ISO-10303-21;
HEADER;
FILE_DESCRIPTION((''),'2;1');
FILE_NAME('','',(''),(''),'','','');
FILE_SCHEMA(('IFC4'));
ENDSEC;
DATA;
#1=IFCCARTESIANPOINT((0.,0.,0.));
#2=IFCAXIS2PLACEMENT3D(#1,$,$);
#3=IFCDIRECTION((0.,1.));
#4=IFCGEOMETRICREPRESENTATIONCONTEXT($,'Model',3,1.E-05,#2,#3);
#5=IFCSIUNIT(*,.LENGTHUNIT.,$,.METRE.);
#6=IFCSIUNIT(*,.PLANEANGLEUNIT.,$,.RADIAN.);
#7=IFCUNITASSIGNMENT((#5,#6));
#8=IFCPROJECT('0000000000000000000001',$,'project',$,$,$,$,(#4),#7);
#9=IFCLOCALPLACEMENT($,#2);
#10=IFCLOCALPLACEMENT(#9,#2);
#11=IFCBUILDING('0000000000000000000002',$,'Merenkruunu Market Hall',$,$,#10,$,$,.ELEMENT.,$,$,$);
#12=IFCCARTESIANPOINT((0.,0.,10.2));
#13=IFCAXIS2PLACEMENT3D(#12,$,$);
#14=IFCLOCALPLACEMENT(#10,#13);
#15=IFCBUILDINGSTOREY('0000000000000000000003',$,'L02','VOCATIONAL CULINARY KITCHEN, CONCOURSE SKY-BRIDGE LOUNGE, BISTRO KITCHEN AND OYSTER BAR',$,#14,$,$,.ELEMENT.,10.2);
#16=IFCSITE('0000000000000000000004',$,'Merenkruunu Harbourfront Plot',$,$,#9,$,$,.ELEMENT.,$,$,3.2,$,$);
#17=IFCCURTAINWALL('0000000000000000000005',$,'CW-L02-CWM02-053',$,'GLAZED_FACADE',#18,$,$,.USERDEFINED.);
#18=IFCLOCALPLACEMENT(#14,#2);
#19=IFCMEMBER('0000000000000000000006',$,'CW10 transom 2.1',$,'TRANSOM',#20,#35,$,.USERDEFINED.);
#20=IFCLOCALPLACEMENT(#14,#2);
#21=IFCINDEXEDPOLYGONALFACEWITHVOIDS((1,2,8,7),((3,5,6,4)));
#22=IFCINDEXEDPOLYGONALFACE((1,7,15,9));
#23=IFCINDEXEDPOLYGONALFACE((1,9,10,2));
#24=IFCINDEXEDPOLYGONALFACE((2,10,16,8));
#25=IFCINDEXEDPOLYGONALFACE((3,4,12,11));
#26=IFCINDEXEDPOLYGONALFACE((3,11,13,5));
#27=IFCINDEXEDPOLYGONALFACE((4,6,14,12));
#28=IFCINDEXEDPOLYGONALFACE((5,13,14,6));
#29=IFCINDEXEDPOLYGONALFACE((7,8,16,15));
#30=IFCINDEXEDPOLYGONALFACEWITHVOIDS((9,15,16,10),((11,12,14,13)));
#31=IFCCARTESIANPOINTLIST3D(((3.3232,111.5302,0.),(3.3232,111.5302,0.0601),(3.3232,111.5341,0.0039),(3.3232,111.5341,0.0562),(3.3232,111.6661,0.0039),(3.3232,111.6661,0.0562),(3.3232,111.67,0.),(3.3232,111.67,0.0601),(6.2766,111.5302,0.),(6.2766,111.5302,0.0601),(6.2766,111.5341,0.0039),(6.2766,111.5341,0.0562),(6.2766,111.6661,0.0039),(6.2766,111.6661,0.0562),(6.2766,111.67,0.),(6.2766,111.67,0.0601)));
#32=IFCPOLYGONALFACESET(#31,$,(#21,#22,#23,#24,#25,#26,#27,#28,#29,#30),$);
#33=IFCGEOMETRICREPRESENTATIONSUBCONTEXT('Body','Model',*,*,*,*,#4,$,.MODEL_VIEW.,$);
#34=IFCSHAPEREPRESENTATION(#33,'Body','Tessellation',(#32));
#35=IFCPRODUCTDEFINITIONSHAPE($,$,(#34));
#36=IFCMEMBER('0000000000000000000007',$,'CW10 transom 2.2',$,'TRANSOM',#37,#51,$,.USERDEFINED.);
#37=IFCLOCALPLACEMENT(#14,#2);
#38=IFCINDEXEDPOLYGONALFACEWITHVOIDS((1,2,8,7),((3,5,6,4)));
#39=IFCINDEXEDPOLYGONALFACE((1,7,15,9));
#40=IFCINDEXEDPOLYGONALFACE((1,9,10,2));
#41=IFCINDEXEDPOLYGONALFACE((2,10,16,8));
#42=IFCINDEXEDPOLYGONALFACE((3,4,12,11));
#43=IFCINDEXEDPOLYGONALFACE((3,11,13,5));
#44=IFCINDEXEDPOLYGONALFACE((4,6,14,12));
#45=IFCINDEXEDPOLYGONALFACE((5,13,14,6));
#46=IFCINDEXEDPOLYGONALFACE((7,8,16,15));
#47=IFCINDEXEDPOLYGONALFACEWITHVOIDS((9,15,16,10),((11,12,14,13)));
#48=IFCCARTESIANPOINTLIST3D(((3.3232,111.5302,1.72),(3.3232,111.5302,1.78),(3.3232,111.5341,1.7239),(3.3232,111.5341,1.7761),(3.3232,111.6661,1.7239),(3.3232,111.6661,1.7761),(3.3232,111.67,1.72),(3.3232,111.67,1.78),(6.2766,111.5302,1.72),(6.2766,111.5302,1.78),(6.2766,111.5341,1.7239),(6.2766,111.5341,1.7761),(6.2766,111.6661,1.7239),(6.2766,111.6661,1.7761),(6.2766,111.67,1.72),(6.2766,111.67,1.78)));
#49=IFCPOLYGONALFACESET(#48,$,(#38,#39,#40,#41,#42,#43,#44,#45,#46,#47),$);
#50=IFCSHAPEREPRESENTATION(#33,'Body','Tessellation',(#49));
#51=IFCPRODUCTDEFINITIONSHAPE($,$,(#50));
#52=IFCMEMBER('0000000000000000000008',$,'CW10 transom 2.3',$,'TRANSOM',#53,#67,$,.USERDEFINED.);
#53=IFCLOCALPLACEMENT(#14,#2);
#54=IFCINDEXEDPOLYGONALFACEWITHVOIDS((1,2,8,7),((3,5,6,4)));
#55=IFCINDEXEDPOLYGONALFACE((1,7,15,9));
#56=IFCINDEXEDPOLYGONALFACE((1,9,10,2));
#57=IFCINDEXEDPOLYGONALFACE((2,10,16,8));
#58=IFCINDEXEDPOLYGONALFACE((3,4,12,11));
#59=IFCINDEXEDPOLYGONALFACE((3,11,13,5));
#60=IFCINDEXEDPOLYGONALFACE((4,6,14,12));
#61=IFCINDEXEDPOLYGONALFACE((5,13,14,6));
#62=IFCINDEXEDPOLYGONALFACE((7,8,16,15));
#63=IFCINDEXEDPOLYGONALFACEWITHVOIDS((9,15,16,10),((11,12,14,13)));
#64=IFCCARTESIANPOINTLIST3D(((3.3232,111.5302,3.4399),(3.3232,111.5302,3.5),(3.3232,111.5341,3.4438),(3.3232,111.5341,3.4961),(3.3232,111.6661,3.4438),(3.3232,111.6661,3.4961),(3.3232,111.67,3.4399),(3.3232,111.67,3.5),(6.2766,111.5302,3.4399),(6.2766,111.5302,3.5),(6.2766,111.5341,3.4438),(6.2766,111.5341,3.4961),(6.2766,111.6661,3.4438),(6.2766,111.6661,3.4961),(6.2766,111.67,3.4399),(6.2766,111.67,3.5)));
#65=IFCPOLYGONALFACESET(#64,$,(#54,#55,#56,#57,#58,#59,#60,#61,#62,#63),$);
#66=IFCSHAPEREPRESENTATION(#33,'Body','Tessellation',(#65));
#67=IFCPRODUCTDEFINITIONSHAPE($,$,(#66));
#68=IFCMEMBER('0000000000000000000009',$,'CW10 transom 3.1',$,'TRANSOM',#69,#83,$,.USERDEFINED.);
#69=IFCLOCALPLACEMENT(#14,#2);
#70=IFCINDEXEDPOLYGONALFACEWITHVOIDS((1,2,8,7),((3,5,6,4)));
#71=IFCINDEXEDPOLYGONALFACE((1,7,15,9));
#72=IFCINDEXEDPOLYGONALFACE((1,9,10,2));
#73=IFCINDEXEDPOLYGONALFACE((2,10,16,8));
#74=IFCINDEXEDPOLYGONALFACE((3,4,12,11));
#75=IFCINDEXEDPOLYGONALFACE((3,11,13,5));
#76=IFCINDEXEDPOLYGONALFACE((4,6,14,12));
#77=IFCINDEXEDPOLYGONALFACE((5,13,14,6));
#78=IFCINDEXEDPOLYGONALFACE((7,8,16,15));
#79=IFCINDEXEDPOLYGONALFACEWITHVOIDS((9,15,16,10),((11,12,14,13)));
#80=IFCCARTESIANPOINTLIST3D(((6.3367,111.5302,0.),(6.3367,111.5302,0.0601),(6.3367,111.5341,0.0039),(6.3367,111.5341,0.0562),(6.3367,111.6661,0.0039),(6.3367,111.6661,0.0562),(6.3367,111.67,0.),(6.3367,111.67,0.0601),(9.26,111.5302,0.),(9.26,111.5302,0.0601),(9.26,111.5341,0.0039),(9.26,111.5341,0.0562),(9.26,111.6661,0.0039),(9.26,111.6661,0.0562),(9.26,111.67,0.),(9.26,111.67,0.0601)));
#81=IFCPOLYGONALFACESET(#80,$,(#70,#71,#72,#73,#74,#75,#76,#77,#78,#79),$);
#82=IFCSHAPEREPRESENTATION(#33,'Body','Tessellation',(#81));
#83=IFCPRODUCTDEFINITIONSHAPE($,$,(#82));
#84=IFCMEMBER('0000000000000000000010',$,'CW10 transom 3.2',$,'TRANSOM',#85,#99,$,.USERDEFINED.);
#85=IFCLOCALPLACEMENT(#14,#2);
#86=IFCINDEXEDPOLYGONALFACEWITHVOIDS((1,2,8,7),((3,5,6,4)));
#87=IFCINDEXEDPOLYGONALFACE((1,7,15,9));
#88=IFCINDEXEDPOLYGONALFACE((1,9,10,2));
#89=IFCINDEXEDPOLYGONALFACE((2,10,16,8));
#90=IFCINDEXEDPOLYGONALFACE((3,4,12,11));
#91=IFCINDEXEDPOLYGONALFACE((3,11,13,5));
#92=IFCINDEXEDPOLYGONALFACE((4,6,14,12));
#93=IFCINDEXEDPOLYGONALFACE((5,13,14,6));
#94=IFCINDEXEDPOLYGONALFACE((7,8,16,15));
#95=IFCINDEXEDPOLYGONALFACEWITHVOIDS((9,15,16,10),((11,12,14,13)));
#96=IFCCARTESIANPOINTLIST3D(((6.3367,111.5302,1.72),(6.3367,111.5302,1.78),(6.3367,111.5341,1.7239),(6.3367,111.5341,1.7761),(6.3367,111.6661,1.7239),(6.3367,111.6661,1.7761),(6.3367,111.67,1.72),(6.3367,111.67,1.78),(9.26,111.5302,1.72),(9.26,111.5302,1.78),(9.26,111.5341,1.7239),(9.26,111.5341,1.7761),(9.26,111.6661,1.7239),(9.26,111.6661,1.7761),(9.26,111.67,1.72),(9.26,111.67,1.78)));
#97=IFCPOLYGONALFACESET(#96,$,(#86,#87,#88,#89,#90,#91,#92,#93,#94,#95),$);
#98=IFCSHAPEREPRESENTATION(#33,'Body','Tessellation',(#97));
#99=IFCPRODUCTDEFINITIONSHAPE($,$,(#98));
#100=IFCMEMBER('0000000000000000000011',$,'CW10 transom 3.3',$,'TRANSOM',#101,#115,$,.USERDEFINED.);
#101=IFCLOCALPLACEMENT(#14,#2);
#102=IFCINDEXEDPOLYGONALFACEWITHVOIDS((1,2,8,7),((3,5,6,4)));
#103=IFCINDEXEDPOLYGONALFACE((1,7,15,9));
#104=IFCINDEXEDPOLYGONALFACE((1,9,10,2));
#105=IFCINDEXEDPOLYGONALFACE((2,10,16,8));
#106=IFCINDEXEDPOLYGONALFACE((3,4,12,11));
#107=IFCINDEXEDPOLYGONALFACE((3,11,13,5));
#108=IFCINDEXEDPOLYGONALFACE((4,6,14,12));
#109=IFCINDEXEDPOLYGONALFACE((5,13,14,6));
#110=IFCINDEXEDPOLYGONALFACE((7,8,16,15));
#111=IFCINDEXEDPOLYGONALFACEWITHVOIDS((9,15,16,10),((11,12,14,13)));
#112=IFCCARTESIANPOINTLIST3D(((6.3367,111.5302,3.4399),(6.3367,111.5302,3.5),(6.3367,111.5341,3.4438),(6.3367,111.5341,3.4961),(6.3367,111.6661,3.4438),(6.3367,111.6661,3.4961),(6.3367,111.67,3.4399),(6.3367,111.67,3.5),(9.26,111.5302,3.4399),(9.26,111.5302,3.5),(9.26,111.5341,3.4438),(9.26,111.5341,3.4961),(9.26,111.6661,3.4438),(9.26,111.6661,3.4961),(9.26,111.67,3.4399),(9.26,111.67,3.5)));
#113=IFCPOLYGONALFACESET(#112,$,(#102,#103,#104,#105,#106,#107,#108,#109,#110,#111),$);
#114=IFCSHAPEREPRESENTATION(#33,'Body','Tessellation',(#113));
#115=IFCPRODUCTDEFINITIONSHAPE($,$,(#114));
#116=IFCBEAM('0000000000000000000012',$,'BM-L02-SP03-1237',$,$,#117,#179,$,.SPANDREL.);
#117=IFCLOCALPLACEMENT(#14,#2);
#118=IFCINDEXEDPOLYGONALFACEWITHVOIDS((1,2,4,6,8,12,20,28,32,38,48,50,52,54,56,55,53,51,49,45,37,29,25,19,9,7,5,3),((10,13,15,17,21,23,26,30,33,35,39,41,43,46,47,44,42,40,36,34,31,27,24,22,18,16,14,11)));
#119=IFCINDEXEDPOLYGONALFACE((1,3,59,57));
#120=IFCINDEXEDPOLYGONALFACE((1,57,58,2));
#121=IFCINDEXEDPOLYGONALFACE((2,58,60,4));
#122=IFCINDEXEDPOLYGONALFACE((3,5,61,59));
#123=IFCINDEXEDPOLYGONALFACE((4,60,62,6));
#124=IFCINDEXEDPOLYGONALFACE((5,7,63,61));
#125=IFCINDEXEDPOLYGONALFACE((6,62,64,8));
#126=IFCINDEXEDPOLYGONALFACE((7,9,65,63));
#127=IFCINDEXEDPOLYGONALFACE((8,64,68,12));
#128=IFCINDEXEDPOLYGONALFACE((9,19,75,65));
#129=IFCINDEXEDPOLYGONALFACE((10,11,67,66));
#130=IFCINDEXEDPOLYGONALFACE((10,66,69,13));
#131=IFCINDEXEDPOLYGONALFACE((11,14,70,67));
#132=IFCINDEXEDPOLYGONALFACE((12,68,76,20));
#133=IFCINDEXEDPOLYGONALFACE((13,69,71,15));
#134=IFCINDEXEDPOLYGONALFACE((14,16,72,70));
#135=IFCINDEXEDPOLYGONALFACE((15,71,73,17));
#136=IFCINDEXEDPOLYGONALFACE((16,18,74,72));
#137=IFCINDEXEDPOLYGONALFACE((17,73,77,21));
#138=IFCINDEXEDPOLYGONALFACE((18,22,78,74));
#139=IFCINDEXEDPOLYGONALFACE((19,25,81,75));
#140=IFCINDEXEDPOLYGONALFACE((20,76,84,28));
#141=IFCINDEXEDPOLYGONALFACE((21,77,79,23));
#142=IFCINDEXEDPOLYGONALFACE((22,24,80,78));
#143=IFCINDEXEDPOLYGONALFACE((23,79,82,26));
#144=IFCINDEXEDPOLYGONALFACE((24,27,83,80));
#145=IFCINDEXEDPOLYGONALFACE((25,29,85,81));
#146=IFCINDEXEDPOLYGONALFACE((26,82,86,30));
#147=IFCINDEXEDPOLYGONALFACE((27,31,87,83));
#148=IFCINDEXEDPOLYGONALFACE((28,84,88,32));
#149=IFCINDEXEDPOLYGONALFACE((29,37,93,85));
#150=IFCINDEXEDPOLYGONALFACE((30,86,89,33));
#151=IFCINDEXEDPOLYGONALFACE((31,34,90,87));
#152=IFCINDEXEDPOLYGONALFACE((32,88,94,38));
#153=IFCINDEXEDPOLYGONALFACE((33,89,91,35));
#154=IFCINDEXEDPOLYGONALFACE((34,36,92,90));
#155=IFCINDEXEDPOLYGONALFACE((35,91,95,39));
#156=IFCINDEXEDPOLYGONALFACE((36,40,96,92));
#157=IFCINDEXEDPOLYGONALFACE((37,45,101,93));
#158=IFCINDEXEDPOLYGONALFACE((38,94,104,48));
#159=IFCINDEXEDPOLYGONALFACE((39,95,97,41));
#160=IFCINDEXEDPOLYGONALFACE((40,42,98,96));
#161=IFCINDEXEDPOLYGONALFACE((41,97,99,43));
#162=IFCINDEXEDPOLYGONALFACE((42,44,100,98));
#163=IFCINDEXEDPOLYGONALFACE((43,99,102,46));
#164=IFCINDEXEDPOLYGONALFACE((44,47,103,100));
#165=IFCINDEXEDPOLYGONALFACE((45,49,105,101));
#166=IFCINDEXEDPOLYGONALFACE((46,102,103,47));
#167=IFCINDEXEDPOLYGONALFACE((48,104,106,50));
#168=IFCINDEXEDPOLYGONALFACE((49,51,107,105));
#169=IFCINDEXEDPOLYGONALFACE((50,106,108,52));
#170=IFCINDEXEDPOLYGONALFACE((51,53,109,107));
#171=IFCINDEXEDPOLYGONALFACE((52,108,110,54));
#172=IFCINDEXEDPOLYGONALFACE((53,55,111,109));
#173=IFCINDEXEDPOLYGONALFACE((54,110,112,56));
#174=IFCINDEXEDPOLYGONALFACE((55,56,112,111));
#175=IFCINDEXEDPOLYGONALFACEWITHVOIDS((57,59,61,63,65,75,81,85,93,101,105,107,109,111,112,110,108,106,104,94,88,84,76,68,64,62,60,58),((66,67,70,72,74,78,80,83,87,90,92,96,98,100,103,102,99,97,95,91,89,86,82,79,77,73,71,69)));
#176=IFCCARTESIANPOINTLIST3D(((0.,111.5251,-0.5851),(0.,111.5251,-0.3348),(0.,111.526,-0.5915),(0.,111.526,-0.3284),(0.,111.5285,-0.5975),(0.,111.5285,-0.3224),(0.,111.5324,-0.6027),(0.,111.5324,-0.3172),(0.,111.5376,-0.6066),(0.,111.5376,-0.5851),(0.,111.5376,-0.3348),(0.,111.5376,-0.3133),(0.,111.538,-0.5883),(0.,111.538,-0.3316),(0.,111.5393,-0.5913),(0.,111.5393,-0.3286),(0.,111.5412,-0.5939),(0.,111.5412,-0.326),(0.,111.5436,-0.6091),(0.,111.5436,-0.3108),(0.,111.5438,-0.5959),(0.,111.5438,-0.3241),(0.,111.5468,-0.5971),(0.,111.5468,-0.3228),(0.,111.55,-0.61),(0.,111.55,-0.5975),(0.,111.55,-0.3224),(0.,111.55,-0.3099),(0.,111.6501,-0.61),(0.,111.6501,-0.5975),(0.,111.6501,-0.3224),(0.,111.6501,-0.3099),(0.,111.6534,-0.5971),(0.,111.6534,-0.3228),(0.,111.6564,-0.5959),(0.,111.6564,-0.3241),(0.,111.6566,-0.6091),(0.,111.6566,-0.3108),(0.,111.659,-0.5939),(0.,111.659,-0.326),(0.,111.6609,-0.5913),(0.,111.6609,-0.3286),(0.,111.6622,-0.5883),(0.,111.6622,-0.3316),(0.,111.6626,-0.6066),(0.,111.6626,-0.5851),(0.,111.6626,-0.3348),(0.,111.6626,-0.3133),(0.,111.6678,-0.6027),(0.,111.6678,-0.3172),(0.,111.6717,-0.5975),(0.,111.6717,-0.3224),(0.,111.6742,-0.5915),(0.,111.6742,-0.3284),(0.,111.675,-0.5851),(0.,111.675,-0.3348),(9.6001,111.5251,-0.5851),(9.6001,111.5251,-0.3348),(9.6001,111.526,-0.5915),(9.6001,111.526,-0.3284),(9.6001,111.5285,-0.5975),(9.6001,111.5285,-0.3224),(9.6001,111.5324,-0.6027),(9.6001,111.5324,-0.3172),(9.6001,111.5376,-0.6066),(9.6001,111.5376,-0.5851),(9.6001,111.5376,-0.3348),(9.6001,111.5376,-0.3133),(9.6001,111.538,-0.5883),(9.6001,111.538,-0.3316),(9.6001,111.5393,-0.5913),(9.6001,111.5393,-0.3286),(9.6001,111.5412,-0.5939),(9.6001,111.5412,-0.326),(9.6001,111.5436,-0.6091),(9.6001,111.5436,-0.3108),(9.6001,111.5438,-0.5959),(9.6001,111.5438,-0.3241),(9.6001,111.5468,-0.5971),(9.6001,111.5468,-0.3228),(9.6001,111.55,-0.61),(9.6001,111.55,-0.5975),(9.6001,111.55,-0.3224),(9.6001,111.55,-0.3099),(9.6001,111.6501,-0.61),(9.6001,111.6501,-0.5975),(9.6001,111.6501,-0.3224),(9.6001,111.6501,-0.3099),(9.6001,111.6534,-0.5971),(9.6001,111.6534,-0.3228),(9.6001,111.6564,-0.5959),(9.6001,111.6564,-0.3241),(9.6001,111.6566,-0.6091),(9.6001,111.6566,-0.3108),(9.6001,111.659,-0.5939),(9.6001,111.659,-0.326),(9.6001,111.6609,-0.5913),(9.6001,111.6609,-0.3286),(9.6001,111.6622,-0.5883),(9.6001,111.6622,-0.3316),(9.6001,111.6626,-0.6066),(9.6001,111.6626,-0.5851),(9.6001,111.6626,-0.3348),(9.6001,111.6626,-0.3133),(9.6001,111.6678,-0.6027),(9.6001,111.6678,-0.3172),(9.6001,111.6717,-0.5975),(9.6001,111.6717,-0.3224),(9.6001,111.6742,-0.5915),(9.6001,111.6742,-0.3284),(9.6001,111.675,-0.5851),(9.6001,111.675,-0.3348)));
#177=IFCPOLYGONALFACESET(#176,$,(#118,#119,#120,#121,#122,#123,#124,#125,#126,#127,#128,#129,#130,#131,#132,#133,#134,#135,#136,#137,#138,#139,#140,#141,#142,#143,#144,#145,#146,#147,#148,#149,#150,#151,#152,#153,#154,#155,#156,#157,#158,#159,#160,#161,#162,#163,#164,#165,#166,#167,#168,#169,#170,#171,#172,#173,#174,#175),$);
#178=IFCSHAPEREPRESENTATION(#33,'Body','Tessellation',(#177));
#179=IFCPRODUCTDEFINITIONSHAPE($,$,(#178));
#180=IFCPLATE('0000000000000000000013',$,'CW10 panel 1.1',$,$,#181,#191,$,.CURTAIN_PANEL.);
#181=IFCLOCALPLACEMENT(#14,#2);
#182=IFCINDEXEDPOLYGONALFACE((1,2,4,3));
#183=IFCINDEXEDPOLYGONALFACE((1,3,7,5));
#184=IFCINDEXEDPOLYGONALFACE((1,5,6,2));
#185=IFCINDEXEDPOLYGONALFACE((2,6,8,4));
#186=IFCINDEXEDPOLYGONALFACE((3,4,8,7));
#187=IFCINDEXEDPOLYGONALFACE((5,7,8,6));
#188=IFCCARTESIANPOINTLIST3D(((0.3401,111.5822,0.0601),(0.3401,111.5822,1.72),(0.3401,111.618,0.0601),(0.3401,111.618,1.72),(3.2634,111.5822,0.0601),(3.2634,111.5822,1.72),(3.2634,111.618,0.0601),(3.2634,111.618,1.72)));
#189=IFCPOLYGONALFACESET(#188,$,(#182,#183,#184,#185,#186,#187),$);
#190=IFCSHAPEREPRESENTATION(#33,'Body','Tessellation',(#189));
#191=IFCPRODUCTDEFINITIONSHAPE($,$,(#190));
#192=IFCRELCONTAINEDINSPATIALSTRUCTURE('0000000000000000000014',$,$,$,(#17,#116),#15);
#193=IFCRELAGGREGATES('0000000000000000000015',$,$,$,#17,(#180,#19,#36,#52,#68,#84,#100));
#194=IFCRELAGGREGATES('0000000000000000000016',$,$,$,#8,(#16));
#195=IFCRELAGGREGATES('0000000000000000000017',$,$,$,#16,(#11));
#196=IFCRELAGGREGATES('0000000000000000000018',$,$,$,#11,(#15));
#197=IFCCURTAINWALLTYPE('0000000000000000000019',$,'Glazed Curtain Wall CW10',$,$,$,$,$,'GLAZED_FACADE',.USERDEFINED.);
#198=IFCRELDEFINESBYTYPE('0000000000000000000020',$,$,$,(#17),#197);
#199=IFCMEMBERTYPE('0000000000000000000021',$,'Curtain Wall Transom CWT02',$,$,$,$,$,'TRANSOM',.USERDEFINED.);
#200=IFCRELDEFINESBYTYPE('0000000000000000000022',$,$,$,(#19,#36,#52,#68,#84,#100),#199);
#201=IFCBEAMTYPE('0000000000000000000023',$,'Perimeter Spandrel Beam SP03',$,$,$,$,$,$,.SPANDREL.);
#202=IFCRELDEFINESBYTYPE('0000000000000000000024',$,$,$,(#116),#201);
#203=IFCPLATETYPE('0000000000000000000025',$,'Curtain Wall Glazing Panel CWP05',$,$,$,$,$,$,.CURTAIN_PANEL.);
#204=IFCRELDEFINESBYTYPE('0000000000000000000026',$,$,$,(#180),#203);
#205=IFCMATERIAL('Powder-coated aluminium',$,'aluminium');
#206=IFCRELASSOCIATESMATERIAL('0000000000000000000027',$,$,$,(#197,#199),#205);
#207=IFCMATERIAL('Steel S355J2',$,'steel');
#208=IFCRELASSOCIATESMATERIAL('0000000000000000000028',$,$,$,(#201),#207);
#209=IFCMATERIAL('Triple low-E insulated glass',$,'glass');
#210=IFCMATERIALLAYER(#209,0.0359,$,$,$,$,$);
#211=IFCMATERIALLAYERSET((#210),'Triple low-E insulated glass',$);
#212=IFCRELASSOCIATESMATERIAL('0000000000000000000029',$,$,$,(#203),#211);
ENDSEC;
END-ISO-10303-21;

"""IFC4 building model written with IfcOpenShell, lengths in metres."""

from ifc_helpers import new_model, si_unit, direction, frame, origin, origin_2d, place, context, subcontext, project, spatial, rectangle, hollow_rectangle, extrude, material, layer, layer_set, material_profile, profile_set, type_object, element, aggregate, save


model = new_model("IFC4")

# Units and contexts
model_context = context("Model", 3, precision=1e-05, world=origin(), true_north=direction((0.0, 1.0)))
body_context = subcontext(model_context, "Body", "Model", "MODEL_VIEW")
ifc_project = project(units=[si_unit("LENGTHUNIT", "METRE"), si_unit("PLANEANGLEUNIT", "RADIAN")], contexts=[model_context])

# Site, building, storey
site_placement = place(None, origin())
site = spatial("IfcSite", under=ifc_project, at=site_placement, Name="Merenkruunu Harbourfront Plot", CompositionType="ELEMENT", RefElevation=3.2)
building_placement = place(site_placement, origin())
building = spatial("IfcBuilding", under=site, at=building_placement, Name="Merenkruunu Market Hall", CompositionType="ELEMENT")
storey_placement = place(building_placement, frame((0.0, 0.0, 10.2)))
storey = spatial("IfcBuildingStorey", under=building, at=storey_placement, Name="L02", Description="VOCATIONAL CULINARY KITCHEN, CONCOURSE SKY-BRIDGE LOUNGE, BISTRO KITCHEN AND OYSTER BAR", CompositionType="ELEMENT", Elevation=10.2)

# Shared definitions
ifc_material_1 = material(Name="Powder-coated aluminium", Category="aluminium")

# Curtain wall, members
curtain_wall_type_1 = type_object("IfcCurtainWallType", Name="Glazed Curtain Wall CW10", ElementType="GLAZED_FACADE", PredefinedType="USERDEFINED", material=ifc_material_1)
curtain_wall_1_placement = place(storey_placement, origin())
curtain_wall_1 = element("IfcCurtainWall", 1, at=curtain_wall_1_placement, inside=storey, type_object=curtain_wall_type_1, Name="CW-L02-CWM02-053", ObjectType="GLAZED_FACADE", PredefinedType="USERDEFINED")
ifc_material_profile_1 = material_profile(ifc_material_1, hollow_rectangle(XDim=0.0601, YDim=0.1399, WallThickness=0.0039, at=origin_2d()), Name="ALU 60x140x4")
ifc_profile_set_1 = profile_set([ifc_material_profile_1], Name="Powder-coated aluminium")
member_type_1 = type_object("IfcMemberType", Name="Curtain Wall Transom CWT02", ElementType="TRANSOM", PredefinedType="USERDEFINED", material=ifc_profile_set_1)
member_1_placement = place(storey_placement, frame((3.3232, 111.6001, 0.03), z_axis=(1.0, 0.0, 0.0), x_axis=(0.0, 0.0, 1.0)))
member_1 = element("IfcMember", 2, at=member_1_placement, type_object=member_type_1, Name="CW10 transom 2.1", ObjectType="TRANSOM", PredefinedType="USERDEFINED", context=body_context, shape_type="SweptSolid", body=[
    extrude(hollow_rectangle(XDim=0.0601, YDim=0.1399, WallThickness=0.0039, at=origin_2d()), origin(), (0.0, 0.0, 1.0), 2.9534),
])
member_2_placement = place(storey_placement, frame((3.3232, 111.6001, 1.75), z_axis=(1.0, 0.0, 0.0), x_axis=(0.0, 0.0, 1.0)))
member_2 = element("IfcMember", 3, at=member_2_placement, type_object=member_type_1, Name="CW10 transom 2.2", ObjectType="TRANSOM", PredefinedType="USERDEFINED", context=body_context, shape_type="SweptSolid", body=[
    extrude(hollow_rectangle(XDim=0.0601, YDim=0.1399, WallThickness=0.0039, at=origin_2d()), origin(), (0.0, 0.0, 1.0), 2.9534),
])
member_3_placement = place(storey_placement, frame((3.3232, 111.6001, 3.47), z_axis=(1.0, 0.0, 0.0), x_axis=(0.0, 0.0, 1.0)))
member_3 = element("IfcMember", 4, at=member_3_placement, type_object=member_type_1, Name="CW10 transom 2.3", ObjectType="TRANSOM", PredefinedType="USERDEFINED", context=body_context, shape_type="SweptSolid", body=[
    extrude(hollow_rectangle(XDim=0.0601, YDim=0.1399, WallThickness=0.0039, at=origin_2d()), origin(), (0.0, 0.0, 1.0), 2.9534),
])
member_4_placement = place(storey_placement, frame((6.3367, 111.6001, 0.03), z_axis=(1.0, 0.0, 0.0), x_axis=(0.0, 0.0, 1.0)))
member_4 = element("IfcMember", 5, at=member_4_placement, type_object=member_type_1, Name="CW10 transom 3.1", ObjectType="TRANSOM", PredefinedType="USERDEFINED", context=body_context, shape_type="SweptSolid", body=[
    extrude(hollow_rectangle(XDim=0.0601, YDim=0.1399, WallThickness=0.0039, at=origin_2d()), origin(), (0.0, 0.0, 1.0), 2.9233),
])
member_5_placement = place(storey_placement, frame((6.3367, 111.6001, 1.75), z_axis=(1.0, 0.0, 0.0), x_axis=(0.0, 0.0, 1.0)))
member_5 = element("IfcMember", 6, at=member_5_placement, type_object=member_type_1, Name="CW10 transom 3.2", ObjectType="TRANSOM", PredefinedType="USERDEFINED", context=body_context, shape_type="SweptSolid", body=[
    extrude(hollow_rectangle(XDim=0.0601, YDim=0.1399, WallThickness=0.0039, at=origin_2d()), origin(), (0.0, 0.0, 1.0), 2.9233),
])
member_6_placement = place(storey_placement, frame((6.3367, 111.6001, 3.47), z_axis=(1.0, 0.0, 0.0), x_axis=(0.0, 0.0, 1.0)))
member_6 = element("IfcMember", 7, at=member_6_placement, type_object=member_type_1, Name="CW10 transom 3.3", ObjectType="TRANSOM", PredefinedType="USERDEFINED", context=body_context, shape_type="SweptSolid", body=[
    extrude(hollow_rectangle(XDim=0.0601, YDim=0.1399, WallThickness=0.0039, at=origin_2d()), origin(), (0.0, 0.0, 1.0), 2.9233),
])

# Beam
ifc_material_2 = material(Name="Steel S355J2", Category="steel")
ifc_material_profile_2 = material_profile(ifc_material_2, hollow_rectangle(XDim=0.1499, YDim=0.3, WallThickness=0.0125, InnerFilletRadius=0.0125, OuterFilletRadius=0.0249, at=origin_2d()), Name="RHS 300x150x12.5")
ifc_profile_set_2 = profile_set([ifc_material_profile_2], Name="Steel S355J2")
beam_type = type_object("IfcBeamType", Name="Perimeter Spandrel Beam SP03", PredefinedType="SPANDREL", material=ifc_profile_set_2)
beam_placement = place(storey_placement, frame((0.0, 111.6001, -0.46), z_axis=(1.0, 0.0, 0.0), x_axis=(0.0, 1.0, 0.0)))
element("IfcBeam", 8, at=beam_placement, inside=storey, type_object=beam_type, Name="BM-L02-SP03-1237", PredefinedType="SPANDREL", context=body_context, shape_type="SweptSolid", body=[
    extrude(hollow_rectangle(XDim=0.1499, YDim=0.3, WallThickness=0.0125, InnerFilletRadius=0.0125, OuterFilletRadius=0.0249, at=origin_2d()), origin(), (0.0, 0.0, 1.0), 9.6001),
])

# Plate
ifc_material_3 = material(Name="Triple low-E insulated glass", Category="glass")
ifc_layer_1 = layer(ifc_material_3, 0.0359)
ifc_layer_set_1 = layer_set([ifc_layer_1], Name="Triple low-E insulated glass")
plate_type_1 = type_object("IfcPlateType", Name="Curtain Wall Glazing Panel CWP05", PredefinedType="CURTAIN_PANEL", material=ifc_layer_set_1)
plate_1_placement = place(storey_placement, frame((1.8018, 111.6001, 0.0601), z_axis=(0.0, 0.0, 1.0), x_axis=(1.0, 0.0, 0.0)))
plate_1 = element("IfcPlate", 9, at=plate_1_placement, type_object=plate_type_1, Name="CW10 panel 1.1", PredefinedType="CURTAIN_PANEL", context=body_context, shape_type="SweptSolid", body=[
    extrude(rectangle(XDim=2.9233, YDim=0.0359, at=origin_2d()), origin(), (0.0, 0.0, 1.0), 1.6599),
])
aggregate(curtain_wall_1, [plate_1, member_1, member_2, member_3, member_4, member_5, member_6])

save(model, "model.ifc")
